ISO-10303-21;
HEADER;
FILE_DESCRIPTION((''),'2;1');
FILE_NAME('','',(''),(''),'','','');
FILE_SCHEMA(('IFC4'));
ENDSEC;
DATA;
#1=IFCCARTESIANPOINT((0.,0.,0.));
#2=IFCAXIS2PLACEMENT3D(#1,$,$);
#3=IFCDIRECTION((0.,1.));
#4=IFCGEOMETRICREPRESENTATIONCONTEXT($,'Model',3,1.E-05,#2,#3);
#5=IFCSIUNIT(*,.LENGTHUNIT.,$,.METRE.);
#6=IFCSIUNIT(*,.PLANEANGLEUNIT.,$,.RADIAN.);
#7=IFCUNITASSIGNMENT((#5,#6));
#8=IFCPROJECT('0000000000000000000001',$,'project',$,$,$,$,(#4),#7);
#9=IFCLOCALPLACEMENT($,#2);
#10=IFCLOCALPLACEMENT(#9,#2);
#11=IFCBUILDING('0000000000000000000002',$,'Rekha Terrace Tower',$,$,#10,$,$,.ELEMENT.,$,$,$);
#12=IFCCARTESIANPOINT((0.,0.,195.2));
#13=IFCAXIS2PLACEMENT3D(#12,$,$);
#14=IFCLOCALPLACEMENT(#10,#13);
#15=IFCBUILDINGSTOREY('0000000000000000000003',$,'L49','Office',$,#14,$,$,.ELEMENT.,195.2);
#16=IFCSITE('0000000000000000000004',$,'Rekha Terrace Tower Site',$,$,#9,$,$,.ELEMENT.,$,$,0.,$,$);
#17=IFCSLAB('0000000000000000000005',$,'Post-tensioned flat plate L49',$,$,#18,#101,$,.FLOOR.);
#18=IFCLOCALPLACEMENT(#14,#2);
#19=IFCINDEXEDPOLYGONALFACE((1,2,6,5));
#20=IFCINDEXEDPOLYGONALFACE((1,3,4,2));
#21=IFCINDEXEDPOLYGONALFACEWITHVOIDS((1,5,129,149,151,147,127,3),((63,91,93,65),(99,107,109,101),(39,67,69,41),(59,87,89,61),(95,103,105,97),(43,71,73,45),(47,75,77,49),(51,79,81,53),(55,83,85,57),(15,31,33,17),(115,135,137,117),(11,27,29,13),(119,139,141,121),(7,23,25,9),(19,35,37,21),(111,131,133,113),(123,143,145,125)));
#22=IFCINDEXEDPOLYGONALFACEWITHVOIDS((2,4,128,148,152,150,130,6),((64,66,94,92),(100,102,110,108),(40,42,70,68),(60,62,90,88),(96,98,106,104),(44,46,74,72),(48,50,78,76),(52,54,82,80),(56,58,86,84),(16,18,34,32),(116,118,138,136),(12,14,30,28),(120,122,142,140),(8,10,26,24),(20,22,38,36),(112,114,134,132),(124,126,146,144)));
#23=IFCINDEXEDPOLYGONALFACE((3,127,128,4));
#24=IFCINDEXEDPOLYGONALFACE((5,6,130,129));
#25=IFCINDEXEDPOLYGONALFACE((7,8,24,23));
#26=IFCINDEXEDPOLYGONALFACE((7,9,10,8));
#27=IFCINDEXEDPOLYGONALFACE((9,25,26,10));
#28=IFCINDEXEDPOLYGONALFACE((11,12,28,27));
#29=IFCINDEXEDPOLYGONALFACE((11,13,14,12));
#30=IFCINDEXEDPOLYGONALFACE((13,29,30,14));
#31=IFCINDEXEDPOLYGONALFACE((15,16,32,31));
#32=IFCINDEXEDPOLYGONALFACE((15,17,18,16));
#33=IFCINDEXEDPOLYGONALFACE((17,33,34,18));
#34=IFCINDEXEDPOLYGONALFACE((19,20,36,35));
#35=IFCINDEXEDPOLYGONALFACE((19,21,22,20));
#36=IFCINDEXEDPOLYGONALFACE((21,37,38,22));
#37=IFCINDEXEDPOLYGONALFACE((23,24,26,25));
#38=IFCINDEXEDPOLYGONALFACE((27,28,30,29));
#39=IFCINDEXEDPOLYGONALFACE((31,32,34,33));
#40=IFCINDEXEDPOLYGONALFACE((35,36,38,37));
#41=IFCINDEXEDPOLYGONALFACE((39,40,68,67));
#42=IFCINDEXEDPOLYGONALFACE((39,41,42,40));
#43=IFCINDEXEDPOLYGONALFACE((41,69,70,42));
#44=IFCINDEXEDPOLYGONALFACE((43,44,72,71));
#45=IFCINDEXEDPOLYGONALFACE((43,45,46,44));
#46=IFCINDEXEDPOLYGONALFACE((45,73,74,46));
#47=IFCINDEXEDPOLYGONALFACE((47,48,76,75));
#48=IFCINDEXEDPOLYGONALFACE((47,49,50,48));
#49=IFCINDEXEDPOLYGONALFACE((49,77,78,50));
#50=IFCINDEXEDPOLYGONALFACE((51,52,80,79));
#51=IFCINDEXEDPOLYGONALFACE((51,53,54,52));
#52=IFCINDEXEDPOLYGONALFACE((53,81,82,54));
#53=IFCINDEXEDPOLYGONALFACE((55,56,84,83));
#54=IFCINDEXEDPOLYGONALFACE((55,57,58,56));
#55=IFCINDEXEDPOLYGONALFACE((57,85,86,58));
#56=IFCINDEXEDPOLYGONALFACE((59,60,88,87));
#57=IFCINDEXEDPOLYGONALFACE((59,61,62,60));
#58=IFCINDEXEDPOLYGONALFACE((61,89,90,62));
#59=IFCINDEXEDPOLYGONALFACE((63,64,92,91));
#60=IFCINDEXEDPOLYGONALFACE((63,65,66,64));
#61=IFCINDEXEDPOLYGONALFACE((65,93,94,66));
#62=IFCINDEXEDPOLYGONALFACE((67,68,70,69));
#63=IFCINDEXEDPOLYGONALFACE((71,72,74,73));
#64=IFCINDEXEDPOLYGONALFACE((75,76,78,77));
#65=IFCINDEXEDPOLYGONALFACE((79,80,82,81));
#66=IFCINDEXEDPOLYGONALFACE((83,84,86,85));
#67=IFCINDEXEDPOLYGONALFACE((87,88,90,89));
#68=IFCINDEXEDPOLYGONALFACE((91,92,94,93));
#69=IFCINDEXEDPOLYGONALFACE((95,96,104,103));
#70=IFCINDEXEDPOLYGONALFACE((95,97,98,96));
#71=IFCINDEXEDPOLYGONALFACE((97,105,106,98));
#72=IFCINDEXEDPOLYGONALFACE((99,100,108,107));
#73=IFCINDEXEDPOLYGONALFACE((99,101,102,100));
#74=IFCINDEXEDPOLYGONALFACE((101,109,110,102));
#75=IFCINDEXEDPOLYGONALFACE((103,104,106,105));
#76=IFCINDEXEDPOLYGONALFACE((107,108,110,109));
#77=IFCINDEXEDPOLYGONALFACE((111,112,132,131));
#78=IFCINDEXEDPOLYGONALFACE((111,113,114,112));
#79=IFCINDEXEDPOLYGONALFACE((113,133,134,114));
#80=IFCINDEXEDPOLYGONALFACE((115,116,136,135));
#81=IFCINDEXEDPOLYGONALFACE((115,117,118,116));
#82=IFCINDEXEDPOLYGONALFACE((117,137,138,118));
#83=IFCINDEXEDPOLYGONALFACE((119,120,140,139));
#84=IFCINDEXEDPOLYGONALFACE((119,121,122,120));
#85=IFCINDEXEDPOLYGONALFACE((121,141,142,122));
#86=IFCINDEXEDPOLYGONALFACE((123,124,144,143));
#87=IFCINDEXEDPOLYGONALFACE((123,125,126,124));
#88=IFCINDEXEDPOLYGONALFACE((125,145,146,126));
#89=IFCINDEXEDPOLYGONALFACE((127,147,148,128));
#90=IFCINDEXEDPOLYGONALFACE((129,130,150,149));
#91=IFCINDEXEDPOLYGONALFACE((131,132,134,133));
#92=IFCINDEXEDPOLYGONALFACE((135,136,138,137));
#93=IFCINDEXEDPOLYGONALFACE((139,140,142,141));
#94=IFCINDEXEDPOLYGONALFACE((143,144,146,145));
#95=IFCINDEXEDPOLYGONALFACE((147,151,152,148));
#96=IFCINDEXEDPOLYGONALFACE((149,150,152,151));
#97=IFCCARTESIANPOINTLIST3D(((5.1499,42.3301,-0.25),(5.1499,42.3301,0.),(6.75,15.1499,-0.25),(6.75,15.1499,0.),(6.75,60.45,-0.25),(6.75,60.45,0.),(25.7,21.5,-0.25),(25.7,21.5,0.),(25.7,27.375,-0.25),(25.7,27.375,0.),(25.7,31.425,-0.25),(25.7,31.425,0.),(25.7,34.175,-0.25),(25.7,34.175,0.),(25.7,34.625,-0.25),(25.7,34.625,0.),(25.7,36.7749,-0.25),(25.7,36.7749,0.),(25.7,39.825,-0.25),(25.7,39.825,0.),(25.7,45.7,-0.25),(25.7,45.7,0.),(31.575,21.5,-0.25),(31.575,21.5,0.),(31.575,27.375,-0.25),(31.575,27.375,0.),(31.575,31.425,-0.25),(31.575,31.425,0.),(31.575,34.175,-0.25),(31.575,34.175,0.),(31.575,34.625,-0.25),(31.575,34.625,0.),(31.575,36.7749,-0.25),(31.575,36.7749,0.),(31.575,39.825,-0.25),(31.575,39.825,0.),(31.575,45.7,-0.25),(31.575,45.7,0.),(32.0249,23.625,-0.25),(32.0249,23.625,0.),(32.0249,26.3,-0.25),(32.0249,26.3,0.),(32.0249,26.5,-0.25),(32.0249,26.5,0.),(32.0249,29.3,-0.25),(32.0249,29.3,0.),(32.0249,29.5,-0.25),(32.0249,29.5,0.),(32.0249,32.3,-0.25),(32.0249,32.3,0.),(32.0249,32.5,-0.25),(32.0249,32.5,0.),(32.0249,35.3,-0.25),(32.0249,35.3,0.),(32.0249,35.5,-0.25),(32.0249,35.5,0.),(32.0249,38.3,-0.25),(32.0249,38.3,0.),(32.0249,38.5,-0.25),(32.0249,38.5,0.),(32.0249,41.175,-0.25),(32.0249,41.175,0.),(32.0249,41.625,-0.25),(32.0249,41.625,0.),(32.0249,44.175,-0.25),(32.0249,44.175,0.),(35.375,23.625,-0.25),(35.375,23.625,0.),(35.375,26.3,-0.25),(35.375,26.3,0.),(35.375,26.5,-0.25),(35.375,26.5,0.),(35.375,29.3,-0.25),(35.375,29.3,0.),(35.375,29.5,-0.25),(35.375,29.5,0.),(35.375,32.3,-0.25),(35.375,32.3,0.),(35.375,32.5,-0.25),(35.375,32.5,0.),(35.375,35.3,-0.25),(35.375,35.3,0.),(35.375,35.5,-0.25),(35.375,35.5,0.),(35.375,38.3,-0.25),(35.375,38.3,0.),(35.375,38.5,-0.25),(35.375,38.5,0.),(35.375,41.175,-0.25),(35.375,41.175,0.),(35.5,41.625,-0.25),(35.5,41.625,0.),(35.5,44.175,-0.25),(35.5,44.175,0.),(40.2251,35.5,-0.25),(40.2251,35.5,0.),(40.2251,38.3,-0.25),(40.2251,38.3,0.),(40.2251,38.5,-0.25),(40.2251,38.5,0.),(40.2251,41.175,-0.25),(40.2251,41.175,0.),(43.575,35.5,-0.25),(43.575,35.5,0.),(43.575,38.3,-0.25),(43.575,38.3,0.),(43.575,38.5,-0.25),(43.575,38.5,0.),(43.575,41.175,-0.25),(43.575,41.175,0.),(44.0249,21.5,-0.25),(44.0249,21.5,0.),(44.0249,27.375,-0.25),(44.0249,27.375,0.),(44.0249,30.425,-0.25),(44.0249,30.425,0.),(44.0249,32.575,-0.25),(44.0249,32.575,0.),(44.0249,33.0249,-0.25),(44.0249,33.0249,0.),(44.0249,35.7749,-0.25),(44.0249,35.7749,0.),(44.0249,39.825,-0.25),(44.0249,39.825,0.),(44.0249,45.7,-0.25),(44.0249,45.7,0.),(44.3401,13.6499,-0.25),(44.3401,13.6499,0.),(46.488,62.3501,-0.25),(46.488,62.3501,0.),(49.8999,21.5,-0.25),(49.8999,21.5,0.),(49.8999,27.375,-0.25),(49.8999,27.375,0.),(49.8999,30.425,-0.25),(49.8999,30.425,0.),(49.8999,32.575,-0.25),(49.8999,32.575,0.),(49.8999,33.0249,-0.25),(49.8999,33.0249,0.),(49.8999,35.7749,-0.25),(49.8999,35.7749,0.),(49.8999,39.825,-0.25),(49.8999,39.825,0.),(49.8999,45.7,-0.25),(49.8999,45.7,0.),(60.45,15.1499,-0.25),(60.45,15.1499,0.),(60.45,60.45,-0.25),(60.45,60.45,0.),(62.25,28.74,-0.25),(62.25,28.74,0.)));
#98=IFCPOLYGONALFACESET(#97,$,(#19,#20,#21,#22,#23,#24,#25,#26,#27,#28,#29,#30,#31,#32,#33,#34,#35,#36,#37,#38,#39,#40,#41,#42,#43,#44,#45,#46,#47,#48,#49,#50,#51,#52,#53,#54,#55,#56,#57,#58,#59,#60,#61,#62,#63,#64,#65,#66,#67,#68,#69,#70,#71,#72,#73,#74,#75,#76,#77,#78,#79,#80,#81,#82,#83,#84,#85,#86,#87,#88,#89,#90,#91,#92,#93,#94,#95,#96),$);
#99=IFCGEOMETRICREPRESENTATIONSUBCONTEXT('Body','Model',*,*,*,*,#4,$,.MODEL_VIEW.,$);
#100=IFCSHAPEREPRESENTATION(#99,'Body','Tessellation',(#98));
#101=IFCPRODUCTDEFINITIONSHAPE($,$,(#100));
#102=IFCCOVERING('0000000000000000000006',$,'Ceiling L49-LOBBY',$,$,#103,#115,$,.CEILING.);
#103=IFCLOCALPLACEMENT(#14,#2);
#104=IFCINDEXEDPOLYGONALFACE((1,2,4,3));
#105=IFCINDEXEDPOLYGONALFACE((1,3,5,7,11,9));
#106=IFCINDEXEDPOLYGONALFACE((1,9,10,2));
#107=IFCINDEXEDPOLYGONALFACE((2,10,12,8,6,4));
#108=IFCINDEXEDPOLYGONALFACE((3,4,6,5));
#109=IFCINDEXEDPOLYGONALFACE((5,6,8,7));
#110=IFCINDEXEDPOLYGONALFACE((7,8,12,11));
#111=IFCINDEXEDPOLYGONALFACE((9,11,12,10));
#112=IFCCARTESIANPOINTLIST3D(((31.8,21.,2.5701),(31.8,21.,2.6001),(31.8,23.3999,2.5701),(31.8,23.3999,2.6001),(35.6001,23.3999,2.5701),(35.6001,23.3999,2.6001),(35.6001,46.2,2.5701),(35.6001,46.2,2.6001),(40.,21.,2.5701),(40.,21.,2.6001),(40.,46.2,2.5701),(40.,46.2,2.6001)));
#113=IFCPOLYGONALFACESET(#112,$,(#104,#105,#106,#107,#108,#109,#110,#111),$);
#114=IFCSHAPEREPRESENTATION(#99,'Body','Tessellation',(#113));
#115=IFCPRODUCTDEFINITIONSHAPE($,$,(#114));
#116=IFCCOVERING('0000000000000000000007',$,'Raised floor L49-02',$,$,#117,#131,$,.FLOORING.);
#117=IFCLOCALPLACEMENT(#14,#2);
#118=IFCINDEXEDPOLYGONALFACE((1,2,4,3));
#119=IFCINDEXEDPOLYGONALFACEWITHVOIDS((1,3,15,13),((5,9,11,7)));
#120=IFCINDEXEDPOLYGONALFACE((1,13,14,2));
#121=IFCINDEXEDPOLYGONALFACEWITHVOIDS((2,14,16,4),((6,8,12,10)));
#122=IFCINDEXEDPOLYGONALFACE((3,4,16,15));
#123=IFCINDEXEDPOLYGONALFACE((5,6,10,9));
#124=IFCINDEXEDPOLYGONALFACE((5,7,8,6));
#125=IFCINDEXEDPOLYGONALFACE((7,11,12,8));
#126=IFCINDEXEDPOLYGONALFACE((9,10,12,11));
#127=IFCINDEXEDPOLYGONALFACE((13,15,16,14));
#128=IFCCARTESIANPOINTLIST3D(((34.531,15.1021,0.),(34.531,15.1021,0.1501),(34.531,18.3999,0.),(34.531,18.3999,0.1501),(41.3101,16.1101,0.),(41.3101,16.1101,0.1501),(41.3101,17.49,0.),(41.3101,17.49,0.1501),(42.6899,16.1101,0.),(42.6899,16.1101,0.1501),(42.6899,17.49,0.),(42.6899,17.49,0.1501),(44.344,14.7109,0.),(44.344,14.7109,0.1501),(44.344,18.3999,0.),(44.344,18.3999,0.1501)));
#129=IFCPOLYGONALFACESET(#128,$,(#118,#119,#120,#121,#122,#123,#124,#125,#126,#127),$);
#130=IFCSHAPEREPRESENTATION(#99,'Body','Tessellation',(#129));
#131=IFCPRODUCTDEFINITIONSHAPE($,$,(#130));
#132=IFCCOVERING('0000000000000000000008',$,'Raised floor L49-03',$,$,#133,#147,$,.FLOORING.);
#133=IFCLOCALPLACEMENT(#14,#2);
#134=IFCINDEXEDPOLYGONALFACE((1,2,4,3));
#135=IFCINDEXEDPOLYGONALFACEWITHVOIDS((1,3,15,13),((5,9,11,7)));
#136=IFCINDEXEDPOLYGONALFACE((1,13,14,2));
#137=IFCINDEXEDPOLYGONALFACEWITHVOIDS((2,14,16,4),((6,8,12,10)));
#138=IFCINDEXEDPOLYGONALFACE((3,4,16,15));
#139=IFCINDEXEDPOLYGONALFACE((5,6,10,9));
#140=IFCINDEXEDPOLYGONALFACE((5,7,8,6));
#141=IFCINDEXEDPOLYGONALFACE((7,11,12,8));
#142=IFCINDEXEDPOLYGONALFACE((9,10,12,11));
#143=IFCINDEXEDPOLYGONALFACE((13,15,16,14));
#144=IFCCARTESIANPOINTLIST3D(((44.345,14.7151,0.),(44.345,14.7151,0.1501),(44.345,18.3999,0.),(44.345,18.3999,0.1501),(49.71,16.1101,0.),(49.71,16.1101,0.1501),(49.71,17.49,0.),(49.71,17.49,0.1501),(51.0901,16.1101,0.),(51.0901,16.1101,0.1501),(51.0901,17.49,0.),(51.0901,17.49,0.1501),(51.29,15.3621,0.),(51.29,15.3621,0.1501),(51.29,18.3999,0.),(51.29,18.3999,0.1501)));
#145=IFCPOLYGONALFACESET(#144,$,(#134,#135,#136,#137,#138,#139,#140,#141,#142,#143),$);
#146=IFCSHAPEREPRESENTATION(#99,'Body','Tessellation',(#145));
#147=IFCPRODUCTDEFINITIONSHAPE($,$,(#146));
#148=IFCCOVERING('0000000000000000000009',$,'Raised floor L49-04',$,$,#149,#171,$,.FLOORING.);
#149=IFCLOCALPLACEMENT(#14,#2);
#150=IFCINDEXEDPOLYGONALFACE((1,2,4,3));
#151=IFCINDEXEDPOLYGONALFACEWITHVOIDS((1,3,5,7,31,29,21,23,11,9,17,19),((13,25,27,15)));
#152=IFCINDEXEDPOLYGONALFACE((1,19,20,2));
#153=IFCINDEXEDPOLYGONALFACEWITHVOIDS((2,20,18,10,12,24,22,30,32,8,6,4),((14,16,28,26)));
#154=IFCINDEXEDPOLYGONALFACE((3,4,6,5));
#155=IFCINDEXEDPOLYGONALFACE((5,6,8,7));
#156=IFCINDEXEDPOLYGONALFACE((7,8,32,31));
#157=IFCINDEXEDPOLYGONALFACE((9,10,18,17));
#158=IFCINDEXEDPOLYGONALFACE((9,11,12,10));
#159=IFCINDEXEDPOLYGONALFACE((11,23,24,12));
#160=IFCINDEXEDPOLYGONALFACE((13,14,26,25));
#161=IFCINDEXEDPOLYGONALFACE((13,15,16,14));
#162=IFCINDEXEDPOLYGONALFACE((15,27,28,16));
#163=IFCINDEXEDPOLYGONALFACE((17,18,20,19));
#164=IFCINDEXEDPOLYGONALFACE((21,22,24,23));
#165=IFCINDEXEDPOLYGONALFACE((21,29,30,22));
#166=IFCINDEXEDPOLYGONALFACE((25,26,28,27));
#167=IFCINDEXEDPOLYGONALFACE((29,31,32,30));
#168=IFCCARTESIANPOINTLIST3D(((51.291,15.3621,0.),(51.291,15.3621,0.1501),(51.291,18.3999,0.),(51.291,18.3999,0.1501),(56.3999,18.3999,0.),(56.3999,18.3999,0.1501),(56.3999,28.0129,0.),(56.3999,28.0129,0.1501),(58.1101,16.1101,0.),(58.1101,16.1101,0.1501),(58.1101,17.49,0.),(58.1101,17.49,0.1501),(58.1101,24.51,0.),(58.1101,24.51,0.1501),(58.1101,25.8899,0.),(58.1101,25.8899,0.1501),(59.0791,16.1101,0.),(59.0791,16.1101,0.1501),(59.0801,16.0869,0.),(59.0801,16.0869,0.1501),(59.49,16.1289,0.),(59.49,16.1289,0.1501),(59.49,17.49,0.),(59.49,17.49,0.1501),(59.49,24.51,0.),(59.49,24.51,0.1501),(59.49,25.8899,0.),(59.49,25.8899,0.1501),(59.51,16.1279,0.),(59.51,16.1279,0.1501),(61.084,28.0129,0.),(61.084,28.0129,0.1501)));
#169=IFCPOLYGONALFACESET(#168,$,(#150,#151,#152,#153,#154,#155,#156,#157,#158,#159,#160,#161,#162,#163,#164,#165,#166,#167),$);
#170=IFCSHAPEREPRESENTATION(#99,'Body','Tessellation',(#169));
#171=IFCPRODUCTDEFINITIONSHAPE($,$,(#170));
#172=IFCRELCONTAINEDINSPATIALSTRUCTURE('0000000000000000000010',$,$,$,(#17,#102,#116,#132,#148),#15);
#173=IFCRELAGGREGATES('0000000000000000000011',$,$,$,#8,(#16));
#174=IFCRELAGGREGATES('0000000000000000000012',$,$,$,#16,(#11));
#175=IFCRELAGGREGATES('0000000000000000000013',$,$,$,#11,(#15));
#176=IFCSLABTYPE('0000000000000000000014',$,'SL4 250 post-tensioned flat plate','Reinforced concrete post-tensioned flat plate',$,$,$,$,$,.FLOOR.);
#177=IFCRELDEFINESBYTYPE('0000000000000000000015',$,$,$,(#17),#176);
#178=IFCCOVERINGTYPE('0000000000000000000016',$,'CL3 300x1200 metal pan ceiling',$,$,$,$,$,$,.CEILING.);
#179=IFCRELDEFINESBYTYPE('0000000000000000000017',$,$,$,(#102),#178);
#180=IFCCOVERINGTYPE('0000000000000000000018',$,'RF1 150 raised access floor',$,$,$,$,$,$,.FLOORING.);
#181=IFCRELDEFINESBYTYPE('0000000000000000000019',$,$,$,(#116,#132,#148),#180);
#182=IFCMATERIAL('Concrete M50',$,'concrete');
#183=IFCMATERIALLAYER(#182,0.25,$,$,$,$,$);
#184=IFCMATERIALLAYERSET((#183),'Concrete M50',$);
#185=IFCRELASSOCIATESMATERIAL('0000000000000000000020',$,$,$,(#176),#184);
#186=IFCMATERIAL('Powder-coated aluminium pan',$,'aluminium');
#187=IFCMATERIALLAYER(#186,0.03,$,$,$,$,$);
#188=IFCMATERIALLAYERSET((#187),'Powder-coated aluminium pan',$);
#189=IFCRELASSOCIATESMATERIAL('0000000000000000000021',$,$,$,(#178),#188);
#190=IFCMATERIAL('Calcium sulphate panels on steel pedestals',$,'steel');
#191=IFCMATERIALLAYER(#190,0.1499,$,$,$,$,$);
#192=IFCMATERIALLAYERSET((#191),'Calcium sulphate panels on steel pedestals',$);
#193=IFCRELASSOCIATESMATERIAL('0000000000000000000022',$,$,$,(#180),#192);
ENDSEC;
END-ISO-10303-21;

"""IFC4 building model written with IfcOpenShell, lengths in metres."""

from ifc_helpers import new_model, si_unit, direction, frame, origin, place, context, subcontext, project, spatial, polyline, outline, extrude, material, layer, layer_set, type_object, element, save


model = new_model("IFC4")

# Units and contexts
model_context = context("Model", 3, precision=1e-05, world=origin(), true_north=direction((0.0, 1.0)))
body_context = subcontext(model_context, "Body", "Model", "MODEL_VIEW")
ifc_project = project(units=[si_unit("LENGTHUNIT", "METRE"), si_unit("PLANEANGLEUNIT", "RADIAN")], contexts=[model_context])

# Site, building, storey
site_placement = place(None, origin())
site = spatial("IfcSite", under=ifc_project, at=site_placement, Name="Rekha Terrace Tower Site", CompositionType="ELEMENT", RefElevation=0.0)
building_placement = place(site_placement, origin())
building = spatial("IfcBuilding", under=site, at=building_placement, Name="Rekha Terrace Tower", CompositionType="ELEMENT")
storey_placement = place(building_placement, frame((0.0, 0.0, 195.2)))
storey = spatial("IfcBuildingStorey", under=building, at=storey_placement, Name="L49", Description="Office", CompositionType="ELEMENT", Elevation=195.2)

# Slab
ifc_material_1 = material(Name="Concrete M50", Category="concrete")
ifc_layer_1 = layer(ifc_material_1, 0.25)
ifc_layer_set_1 = layer_set([ifc_layer_1], Name="Concrete M50")
slab_type_1 = type_object("IfcSlabType", Name="SL4 250 post-tensioned flat plate", Description="Reinforced concrete post-tensioned flat plate", PredefinedType="FLOOR", material=ifc_layer_set_1)
slab_1_placement = place(storey_placement, frame((0.0, 0.0, -0.25)))
element("IfcSlab", 1, at=slab_1_placement, inside=storey, type_object=slab_type_1, Name="Post-tensioned flat plate L49", PredefinedType="FLOOR", context=body_context, shape_type="SweptSolid", body=[
    extrude(outline(polyline([(5.1499, 42.3301), (6.75, 15.1499), (44.3401, 13.6499), (60.45, 15.1499), (62.25, 28.74), (60.45, 60.45), (46.488, 62.3501), (6.75, 60.45), (5.1499, 42.3301)]), holes=[polyline([(31.575, 27.375), (31.575, 21.5), (25.7, 21.5), (25.7, 27.375), (31.575, 27.375)]), polyline([(35.375, 26.3), (35.375, 23.625), (32.0249, 23.625), (32.0249, 26.3), (35.375, 26.3)]), polyline([(35.375, 29.3), (35.375, 26.5), (32.0249, 26.5), (32.0249, 29.3), (35.375, 29.3)]), polyline([(35.375, 32.3), (35.375, 29.5), (32.0249, 29.5), (32.0249, 32.3), (35.375, 32.3)]), polyline([(31.575, 34.175), (31.575, 31.425), (25.7, 31.425), (25.7, 34.175), (31.575, 34.175)]), polyline([(35.375, 35.3), (35.375, 32.5), (32.0249, 32.5), (32.0249, 35.3), (35.375, 35.3)]), polyline([(31.575, 36.7749), (31.575, 34.625), (25.7, 34.625), (25.7, 36.7749), (31.575, 36.7749)]), polyline([(35.375, 38.3), (35.375, 35.5), (32.0249, 35.5), (32.0249, 38.3), (35.375, 38.3)]), polyline([(31.575, 45.7), (31.575, 39.825), (25.7, 39.825), (25.7, 45.7), (31.575, 45.7)]), polyline([(49.8999, 27.375), (49.8999, 21.5), (44.0249, 21.5), (44.0249, 27.375), (49.8999, 27.375)]), polyline([(49.8999, 32.575), (49.8999, 30.425), (44.0249, 30.425), (44.0249, 32.575), (49.8999, 32.575)]), polyline([(49.8999, 35.7749), (49.8999, 33.0249), (44.0249, 33.0249), (44.0249, 35.7749), (49.8999, 35.7749)]), polyline([(43.575, 38.3), (43.575, 35.5), (40.2251, 35.5), (40.2251, 38.3), (43.575, 38.3)]), polyline([(35.375, 41.175), (35.375, 38.5), (32.0249, 38.5), (32.0249, 41.175), (35.375, 41.175)]), polyline([(43.575, 41.175), (43.575, 38.5), (40.2251, 38.5), (40.2251, 41.175), (43.575, 41.175)]), polyline([(49.8999, 39.825), (44.0249, 39.825), (44.0249, 45.7), (49.8999, 45.7), (49.8999, 39.825)]), polyline([(35.5, 41.625), (32.0249, 41.625), (32.0249, 44.175), (35.5, 44.175), (35.5, 41.625)])]), origin(), (0.0, 0.0, 1.0), 0.25),
])

# Coverings
ifc_material_2 = material(Name="Powder-coated aluminium pan", Category="aluminium")
ifc_layer_2 = layer(ifc_material_2, 0.03)
ifc_layer_set_2 = layer_set([ifc_layer_2], Name="Powder-coated aluminium pan")
covering_type_1 = type_object("IfcCoveringType", Name="CL3 300x1200 metal pan ceiling", PredefinedType="CEILING", material=ifc_layer_set_2)
covering_1_placement = place(storey_placement, frame((0.0, 0.0, 2.5701)))
element("IfcCovering", 2, at=covering_1_placement, inside=storey, type_object=covering_type_1, Name="Ceiling L49-LOBBY", PredefinedType="CEILING", context=body_context, shape_type="SweptSolid", body=[
    extrude(outline(polyline([(35.6001, 46.2), (35.6001, 23.3999), (31.8, 23.3999), (31.8, 21.0), (40.0, 21.0), (40.0, 46.2), (35.6001, 46.2)])), origin(), (0.0, 0.0, 1.0), 0.03),
])
ifc_material_3 = material(Name="Calcium sulphate panels on steel pedestals", Category="steel")
ifc_layer_3 = layer(ifc_material_3, 0.1499)
ifc_layer_set_3 = layer_set([ifc_layer_3], Name="Calcium sulphate panels on steel pedestals")
covering_type_2 = type_object("IfcCoveringType", Name="RF1 150 raised access floor", PredefinedType="FLOORING", material=ifc_layer_set_3)
covering_2_placement = place(storey_placement, origin())
element("IfcCovering", 3, at=covering_2_placement, inside=storey, type_object=covering_type_2, Name="Raised floor L49-02", PredefinedType="FLOORING", context=body_context, shape_type="SweptSolid", body=[
    extrude(outline(polyline([(44.344, 18.3999), (34.531, 18.3999), (34.531, 15.1021), (44.344, 14.7109), (44.344, 18.3999)]), holes=[polyline([(42.6899, 17.49), (42.6899, 16.1101), (41.3101, 16.1101), (41.3101, 17.49), (42.6899, 17.49)])]), origin(), (0.0, 0.0, 1.0), 0.1501),
])
covering_3_placement = place(storey_placement, origin())
element("IfcCovering", 4, at=covering_3_placement, inside=storey, type_object=covering_type_2, Name="Raised floor L49-03", PredefinedType="FLOORING", context=body_context, shape_type="SweptSolid", body=[
    extrude(outline(polyline([(51.29, 15.3621), (51.29, 18.3999), (44.345, 18.3999), (44.345, 14.7151), (51.29, 15.3621)]), holes=[polyline([(51.0901, 16.1101), (49.71, 16.1101), (49.71, 17.49), (51.0901, 17.49), (51.0901, 16.1101)])]), origin(), (0.0, 0.0, 1.0), 0.1501),
])
covering_4_placement = place(storey_placement, origin())
element("IfcCovering", 5, at=covering_4_placement, inside=storey, type_object=covering_type_2, Name="Raised floor L49-04", PredefinedType="FLOORING", context=body_context, shape_type="SweptSolid", body=[
    extrude(outline(polyline([(59.49, 16.1289), (59.51, 16.1279), (61.084, 28.0129), (56.3999, 28.0129), (56.3999, 18.3999), (51.291, 18.3999), (51.291, 15.3621), (59.0801, 16.0869), (59.0791, 16.1101), (58.1101, 16.1101), (58.1101, 17.49), (59.49, 17.49), (59.49, 16.1289)]), holes=[polyline([(59.49, 24.51), (58.1101, 24.51), (58.1101, 25.8899), (59.49, 25.8899), (59.49, 24.51)])]), origin(), (0.0, 0.0, 1.0), 0.1501),
])

save(model, "model.ifc")
